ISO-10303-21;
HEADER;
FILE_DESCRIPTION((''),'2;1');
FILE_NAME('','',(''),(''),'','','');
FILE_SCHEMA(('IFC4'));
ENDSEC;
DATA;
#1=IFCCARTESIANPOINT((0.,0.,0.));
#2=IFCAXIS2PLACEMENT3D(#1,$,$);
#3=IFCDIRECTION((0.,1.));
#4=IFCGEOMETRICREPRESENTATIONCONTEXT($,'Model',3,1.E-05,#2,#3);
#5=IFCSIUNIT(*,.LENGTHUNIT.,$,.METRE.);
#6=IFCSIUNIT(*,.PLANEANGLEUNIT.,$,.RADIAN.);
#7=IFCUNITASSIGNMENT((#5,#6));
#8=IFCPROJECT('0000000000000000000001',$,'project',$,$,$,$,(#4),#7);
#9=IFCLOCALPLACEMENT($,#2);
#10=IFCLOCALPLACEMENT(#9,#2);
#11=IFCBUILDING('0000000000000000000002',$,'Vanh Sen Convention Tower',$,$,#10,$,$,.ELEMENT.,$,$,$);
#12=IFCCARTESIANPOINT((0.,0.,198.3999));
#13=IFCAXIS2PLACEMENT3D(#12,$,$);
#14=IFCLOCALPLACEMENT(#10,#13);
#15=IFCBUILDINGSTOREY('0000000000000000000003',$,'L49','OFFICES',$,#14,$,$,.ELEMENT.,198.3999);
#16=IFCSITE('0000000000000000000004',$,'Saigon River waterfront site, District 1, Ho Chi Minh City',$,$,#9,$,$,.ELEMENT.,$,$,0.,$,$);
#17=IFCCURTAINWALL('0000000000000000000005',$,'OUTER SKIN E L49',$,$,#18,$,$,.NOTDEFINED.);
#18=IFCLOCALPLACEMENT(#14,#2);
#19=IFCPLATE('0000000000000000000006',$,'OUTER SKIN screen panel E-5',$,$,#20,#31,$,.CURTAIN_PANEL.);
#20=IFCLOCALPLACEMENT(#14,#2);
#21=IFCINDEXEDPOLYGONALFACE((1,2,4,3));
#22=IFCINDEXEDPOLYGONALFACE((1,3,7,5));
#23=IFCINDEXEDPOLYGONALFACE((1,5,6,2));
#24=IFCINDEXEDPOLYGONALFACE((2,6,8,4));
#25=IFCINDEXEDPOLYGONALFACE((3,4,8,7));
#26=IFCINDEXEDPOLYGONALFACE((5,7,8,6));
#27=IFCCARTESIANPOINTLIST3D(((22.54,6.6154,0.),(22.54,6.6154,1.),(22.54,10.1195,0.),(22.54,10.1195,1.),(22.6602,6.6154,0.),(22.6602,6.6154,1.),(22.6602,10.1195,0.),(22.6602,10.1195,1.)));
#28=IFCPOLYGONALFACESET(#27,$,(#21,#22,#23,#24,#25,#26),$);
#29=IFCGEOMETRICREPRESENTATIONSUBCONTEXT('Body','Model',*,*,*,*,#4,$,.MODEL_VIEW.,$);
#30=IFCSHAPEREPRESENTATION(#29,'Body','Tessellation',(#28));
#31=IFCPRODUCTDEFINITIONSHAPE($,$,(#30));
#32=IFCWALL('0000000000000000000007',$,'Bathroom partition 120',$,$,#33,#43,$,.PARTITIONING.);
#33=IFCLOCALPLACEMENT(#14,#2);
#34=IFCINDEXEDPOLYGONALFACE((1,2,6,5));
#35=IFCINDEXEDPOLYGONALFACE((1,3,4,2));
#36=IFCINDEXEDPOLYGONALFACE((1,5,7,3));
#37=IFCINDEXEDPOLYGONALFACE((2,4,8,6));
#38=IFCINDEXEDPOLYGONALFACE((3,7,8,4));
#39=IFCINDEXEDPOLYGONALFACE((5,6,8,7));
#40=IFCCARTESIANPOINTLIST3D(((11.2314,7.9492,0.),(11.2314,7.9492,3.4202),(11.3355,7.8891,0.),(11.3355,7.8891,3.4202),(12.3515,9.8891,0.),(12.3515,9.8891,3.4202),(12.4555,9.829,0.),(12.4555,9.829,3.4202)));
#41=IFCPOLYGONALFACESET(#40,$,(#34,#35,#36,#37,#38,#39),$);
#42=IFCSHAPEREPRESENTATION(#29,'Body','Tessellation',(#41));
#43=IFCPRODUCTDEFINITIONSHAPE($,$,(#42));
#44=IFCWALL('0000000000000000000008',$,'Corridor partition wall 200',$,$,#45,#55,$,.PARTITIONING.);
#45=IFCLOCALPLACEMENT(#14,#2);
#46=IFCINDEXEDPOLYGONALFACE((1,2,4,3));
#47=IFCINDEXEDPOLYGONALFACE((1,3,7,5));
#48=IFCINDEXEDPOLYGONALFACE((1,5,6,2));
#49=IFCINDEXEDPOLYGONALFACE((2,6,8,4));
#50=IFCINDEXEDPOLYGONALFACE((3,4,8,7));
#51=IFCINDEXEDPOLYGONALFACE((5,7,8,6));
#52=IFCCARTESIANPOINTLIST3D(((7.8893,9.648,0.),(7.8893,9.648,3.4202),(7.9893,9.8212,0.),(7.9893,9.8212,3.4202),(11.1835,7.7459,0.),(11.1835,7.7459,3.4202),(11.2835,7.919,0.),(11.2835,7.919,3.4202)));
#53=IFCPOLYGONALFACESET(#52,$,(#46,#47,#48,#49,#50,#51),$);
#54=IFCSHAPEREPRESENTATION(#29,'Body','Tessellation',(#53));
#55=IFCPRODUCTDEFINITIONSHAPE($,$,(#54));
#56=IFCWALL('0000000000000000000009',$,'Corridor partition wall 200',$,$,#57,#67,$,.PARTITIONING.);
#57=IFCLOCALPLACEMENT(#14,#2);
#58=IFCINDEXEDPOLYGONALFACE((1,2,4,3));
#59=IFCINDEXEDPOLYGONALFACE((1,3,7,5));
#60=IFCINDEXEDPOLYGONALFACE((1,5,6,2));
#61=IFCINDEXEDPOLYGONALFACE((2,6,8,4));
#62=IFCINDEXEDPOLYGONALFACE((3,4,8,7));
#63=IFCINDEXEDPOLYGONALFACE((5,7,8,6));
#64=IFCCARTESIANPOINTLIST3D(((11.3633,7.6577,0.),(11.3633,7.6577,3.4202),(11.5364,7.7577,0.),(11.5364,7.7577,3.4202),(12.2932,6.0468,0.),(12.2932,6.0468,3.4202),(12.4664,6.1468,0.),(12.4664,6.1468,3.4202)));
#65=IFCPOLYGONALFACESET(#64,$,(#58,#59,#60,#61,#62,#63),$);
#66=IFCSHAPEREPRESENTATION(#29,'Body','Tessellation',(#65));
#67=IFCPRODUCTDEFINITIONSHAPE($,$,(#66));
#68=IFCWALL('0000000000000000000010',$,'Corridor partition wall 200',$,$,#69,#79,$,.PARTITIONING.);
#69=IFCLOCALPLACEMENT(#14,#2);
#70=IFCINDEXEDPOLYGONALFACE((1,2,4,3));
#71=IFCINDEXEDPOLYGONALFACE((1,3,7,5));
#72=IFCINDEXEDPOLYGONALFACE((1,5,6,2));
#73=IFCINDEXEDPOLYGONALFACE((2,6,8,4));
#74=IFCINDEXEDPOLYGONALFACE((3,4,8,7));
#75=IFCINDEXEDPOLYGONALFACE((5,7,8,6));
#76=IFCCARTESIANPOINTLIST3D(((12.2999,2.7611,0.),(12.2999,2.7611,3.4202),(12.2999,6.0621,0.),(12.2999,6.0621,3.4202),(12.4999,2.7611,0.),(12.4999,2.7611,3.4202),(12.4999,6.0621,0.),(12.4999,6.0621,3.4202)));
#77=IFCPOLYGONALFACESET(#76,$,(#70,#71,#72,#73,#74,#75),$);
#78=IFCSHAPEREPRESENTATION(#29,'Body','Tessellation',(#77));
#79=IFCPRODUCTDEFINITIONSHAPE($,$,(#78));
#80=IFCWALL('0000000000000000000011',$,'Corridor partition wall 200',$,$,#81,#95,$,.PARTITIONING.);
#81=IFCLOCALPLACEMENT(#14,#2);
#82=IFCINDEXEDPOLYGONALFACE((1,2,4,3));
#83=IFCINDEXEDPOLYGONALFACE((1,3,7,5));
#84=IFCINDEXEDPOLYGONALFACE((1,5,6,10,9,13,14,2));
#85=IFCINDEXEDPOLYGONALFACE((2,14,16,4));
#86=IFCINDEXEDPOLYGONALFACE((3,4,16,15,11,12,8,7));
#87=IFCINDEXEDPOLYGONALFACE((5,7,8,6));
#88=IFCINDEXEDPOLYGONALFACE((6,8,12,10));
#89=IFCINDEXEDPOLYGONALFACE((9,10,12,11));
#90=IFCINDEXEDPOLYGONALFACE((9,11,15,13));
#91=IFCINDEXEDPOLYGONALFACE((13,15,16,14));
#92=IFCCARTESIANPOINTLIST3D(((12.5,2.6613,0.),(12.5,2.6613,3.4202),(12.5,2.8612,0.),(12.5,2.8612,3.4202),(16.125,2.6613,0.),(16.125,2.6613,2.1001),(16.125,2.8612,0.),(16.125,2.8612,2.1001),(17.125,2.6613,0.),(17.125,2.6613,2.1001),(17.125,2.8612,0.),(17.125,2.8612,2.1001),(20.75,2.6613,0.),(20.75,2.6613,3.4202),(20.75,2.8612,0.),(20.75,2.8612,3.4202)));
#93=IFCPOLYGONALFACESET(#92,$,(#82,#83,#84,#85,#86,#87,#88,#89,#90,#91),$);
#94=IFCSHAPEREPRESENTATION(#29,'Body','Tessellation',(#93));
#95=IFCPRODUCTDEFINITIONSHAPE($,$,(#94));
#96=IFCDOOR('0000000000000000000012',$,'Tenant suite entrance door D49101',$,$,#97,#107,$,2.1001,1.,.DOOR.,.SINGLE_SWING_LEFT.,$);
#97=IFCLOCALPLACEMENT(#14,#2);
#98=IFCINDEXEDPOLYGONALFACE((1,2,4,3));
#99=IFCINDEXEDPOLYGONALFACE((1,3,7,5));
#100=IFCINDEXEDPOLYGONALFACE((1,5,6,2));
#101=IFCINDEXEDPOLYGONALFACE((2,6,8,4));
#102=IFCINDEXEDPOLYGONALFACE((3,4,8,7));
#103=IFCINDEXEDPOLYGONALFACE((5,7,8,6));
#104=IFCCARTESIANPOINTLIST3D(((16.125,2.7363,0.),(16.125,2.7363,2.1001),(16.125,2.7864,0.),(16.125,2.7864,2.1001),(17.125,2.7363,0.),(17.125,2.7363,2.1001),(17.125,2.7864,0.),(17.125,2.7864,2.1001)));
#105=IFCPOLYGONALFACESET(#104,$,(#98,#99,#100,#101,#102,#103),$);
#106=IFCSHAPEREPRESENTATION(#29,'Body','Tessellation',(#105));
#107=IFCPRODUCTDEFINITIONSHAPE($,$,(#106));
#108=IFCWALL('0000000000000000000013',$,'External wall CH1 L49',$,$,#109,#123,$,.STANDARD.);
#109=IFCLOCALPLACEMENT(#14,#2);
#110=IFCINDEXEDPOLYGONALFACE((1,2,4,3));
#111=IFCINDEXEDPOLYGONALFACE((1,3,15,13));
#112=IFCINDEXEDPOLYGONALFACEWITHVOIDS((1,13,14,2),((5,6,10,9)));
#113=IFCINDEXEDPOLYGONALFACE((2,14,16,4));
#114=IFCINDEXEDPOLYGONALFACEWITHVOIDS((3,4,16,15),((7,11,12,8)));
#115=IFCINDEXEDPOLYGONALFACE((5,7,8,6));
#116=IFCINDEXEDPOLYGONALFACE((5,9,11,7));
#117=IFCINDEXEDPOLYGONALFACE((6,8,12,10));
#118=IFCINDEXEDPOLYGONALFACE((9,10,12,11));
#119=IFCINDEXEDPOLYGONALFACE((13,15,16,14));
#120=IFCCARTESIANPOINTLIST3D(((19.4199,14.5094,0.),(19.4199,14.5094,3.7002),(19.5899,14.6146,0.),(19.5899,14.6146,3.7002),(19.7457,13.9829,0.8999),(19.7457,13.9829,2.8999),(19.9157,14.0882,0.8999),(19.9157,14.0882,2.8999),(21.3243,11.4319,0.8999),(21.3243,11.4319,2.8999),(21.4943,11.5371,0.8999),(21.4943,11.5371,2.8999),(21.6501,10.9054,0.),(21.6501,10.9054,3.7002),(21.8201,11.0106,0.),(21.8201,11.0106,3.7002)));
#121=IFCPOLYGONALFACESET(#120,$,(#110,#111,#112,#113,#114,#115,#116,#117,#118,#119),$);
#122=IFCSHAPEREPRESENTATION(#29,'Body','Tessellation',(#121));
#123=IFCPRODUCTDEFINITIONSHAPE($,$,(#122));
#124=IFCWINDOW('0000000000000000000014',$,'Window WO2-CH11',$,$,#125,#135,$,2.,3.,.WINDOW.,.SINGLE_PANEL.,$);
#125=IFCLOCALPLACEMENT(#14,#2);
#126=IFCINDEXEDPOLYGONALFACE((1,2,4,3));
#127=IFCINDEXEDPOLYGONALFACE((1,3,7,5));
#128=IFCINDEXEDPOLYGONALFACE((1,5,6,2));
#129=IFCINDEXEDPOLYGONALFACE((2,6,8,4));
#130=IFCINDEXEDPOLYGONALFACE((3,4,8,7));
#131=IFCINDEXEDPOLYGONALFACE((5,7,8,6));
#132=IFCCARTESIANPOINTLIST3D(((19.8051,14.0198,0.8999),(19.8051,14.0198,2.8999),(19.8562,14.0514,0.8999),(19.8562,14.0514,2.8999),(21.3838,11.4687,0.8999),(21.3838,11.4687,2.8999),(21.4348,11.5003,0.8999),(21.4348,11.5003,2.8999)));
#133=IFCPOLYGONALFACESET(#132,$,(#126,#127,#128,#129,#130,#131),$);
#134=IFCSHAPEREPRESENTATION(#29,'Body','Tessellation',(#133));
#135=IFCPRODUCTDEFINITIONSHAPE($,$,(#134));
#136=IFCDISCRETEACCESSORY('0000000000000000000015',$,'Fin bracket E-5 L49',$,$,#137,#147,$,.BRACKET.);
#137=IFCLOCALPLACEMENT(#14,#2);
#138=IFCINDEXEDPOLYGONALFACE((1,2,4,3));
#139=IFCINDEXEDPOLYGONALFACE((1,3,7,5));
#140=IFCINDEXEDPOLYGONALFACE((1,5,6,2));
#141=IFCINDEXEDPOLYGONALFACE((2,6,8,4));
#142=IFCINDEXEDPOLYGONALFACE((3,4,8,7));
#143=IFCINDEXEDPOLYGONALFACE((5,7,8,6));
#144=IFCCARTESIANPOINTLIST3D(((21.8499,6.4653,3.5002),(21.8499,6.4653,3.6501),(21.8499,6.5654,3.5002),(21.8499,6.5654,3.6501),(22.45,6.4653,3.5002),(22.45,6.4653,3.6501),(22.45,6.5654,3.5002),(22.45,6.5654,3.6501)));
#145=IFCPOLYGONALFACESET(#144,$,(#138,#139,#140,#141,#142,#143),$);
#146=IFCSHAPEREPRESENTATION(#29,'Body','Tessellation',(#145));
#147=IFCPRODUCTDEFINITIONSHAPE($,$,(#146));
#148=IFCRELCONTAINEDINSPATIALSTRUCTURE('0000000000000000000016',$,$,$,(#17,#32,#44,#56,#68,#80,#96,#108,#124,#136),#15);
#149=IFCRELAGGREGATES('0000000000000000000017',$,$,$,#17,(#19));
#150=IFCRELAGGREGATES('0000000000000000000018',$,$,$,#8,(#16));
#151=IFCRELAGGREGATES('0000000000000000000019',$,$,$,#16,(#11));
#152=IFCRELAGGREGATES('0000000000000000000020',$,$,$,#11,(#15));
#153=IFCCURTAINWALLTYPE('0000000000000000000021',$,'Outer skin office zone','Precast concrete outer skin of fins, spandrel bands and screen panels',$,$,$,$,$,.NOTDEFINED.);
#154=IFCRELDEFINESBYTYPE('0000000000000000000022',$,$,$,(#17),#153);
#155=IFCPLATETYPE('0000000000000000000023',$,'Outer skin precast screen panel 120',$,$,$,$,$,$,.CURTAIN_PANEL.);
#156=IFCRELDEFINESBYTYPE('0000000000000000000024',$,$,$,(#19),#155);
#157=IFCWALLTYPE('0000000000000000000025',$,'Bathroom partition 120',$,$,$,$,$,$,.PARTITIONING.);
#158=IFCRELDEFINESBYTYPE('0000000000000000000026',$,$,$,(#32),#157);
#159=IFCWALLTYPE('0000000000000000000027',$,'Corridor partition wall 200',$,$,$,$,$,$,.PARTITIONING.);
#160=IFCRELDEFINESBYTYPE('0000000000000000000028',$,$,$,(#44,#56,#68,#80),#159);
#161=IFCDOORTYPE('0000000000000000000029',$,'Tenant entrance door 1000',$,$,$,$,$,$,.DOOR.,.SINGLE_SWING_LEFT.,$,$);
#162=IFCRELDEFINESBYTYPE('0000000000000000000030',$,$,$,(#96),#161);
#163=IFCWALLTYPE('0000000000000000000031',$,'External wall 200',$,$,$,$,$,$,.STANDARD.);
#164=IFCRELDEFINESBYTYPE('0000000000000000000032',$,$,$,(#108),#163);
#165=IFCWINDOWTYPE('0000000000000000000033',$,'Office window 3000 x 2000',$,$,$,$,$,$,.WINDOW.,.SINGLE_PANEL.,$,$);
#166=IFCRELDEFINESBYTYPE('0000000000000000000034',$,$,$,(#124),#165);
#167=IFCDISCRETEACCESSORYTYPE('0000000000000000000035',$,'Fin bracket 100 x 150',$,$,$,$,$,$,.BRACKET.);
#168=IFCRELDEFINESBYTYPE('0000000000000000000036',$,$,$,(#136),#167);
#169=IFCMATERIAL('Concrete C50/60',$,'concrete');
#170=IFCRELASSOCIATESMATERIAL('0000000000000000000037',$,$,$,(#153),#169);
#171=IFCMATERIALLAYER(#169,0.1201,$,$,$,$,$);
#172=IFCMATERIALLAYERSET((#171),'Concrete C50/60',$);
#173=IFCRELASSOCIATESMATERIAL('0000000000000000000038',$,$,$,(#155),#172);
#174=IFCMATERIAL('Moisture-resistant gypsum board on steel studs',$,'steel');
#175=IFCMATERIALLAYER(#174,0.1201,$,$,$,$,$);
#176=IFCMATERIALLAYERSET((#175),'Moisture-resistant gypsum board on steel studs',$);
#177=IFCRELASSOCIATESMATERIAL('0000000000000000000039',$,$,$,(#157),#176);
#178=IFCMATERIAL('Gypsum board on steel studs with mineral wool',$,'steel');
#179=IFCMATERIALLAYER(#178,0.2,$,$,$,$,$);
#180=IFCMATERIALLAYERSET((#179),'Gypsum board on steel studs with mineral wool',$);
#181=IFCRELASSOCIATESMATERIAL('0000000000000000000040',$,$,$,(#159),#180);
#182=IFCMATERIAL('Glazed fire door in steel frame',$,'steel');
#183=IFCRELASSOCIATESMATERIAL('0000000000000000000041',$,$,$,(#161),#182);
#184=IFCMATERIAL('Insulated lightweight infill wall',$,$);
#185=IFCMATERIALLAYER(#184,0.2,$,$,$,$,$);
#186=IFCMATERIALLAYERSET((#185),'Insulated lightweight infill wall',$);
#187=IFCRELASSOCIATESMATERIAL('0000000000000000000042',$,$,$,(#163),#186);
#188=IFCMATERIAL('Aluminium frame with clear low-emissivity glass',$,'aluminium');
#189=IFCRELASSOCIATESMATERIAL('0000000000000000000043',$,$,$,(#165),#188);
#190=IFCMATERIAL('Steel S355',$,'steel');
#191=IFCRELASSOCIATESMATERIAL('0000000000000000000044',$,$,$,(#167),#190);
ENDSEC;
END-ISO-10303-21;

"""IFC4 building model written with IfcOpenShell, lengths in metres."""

from ifc_helpers import new_model, si_unit, direction, frame, frame_2d, origin, origin_2d, place, context, subcontext, project, spatial, rectangle, extrude, material, layer, layer_set, type_object, element, fill, aggregate, save


model = new_model("IFC4")

# Units and contexts
model_context = context("Model", 3, precision=1e-05, world=origin(), true_north=direction((0.0, 1.0)))
body_context = subcontext(model_context, "Body", "Model", "MODEL_VIEW")
ifc_project = project(units=[si_unit("LENGTHUNIT", "METRE"), si_unit("PLANEANGLEUNIT", "RADIAN")], contexts=[model_context])

# Site, building, storey
site_placement = place(None, origin())
site = spatial("IfcSite", under=ifc_project, at=site_placement, Name="Saigon River waterfront site, District 1, Ho Chi Minh City", CompositionType="ELEMENT", RefElevation=0.0)
building_placement = place(site_placement, origin())
building = spatial("IfcBuilding", under=site, at=building_placement, Name="Vanh Sen Convention Tower", CompositionType="ELEMENT")
storey_placement = place(building_placement, frame((0.0, 0.0, 198.3999)))
storey = spatial("IfcBuildingStorey", under=building, at=storey_placement, Name="L49", Description="OFFICES", CompositionType="ELEMENT", Elevation=198.3999)

# Curtain wall
ifc_material_1 = material(Name="Concrete C50/60", Category="concrete")
curtain_wall_type = type_object("IfcCurtainWallType", Name="Outer skin office zone", Description="Precast concrete outer skin of fins, spandrel bands and screen panels", PredefinedType="NOTDEFINED", material=ifc_material_1)
curtain_wall_1_placement = place(storey_placement, origin())
curtain_wall_1 = element("IfcCurtainWall", 1, at=curtain_wall_1_placement, inside=storey, type_object=curtain_wall_type, Name="OUTER SKIN E L49", PredefinedType="NOTDEFINED")

# Plate
ifc_layer_1 = layer(ifc_material_1, 0.1201)
ifc_layer_set_1 = layer_set([ifc_layer_1], Name="Concrete C50/60")
plate_type = type_object("IfcPlateType", Name="Outer skin precast screen panel 120", PredefinedType="CURTAIN_PANEL", material=ifc_layer_set_1)
plate_1_placement = place(storey_placement, frame((22.6001, 8.3674, 0.0), z_axis=(0.0, 0.0, 1.0), x_axis=(0.0, 1.0, 0.0)))
plate_1 = element("IfcPlate", 2, at=plate_1_placement, type_object=plate_type, Name="OUTER SKIN screen panel E-5", PredefinedType="CURTAIN_PANEL", context=body_context, shape_type="SweptSolid", body=[
    extrude(rectangle(XDim=3.5042, YDim=0.1201, at=origin_2d()), origin(), (0.0, 0.0, 1.0), 1.0),
])
aggregate(curtain_wall_1, [plate_1])

# Walls
ifc_material_2 = material(Name="Moisture-resistant gypsum board on steel studs", Category="steel")
ifc_layer_2 = layer(ifc_material_2, 0.1201)
ifc_layer_set_2 = layer_set([ifc_layer_2], Name="Moisture-resistant gypsum board on steel studs")
wall_type_1 = type_object("IfcWallType", Name="Bathroom partition 120", PredefinedType="PARTITIONING", material=ifc_layer_set_2)
wall_1_placement = place(storey_placement, frame((12.4036, 9.8591, 0.0), z_axis=(0.0, 0.0, 1.0), x_axis=(-0.500031, -0.866008, 0.0)))
element("IfcWall", 3, at=wall_1_placement, inside=storey, type_object=wall_type_1, Name="Bathroom partition 120", PredefinedType="PARTITIONING", context=body_context, shape_type="SweptSolid", body=[
    extrude(rectangle(XDim=2.24, YDim=0.1201, at=frame_2d((1.1201, 0.0))), origin(), (0.0, 0.0, 1.0), 3.4202),
])
ifc_material_3 = material(Name="Gypsum board on steel studs with mineral wool", Category="steel")
ifc_layer_3 = layer(ifc_material_3, 0.2)
ifc_layer_set_3 = layer_set([ifc_layer_3], Name="Gypsum board on steel studs with mineral wool")
wall_type_2 = type_object("IfcWallType", Name="Corridor partition wall 200", PredefinedType="PARTITIONING", material=ifc_layer_set_3)
wall_2_placement = place(storey_placement, frame((11.2334, 7.8325, 0.0), z_axis=(0.0, 0.0, 1.0), x_axis=(-0.866003, 0.500039, 0.0)))
element("IfcWall", 4, at=wall_2_placement, inside=storey, type_object=wall_type_2, Name="Corridor partition wall 200", PredefinedType="PARTITIONING", context=body_context, shape_type="SweptSolid", body=[
    extrude(rectangle(XDim=3.804, YDim=0.2, at=frame_2d((1.9019, 0.0))), origin(), (0.0, 0.0, 1.0), 3.4202),
])
wall_3_placement = place(storey_placement, frame((12.3799, 6.0967, 0.0), z_axis=(0.0, 0.0, 1.0), x_axis=(-0.499965, 0.866046, 0.0)))
element("IfcWall", 5, at=wall_3_placement, inside=storey, type_object=wall_type_2, Name="Corridor partition wall 200", PredefinedType="PARTITIONING", context=body_context, shape_type="SweptSolid", body=[
    extrude(rectangle(XDim=1.8601, YDim=0.2, at=frame_2d((0.9302, 0.0))), origin(), (0.0, 0.0, 1.0), 3.4202),
])
wall_4_placement = place(storey_placement, frame((12.3999, 2.7612, 0.0), z_axis=(0.0, 0.0, 1.0), x_axis=(0.0, 1.0, 0.0)))
element("IfcWall", 6, at=wall_4_placement, inside=storey, type_object=wall_type_2, Name="Corridor partition wall 200", PredefinedType="PARTITIONING", context=body_context, shape_type="SweptSolid", body=[
    extrude(rectangle(XDim=3.301, YDim=0.2, at=frame_2d((1.6504, 0.0))), origin(), (0.0, 0.0, 1.0), 3.4202),
])

# Wall, opening, door
wall_5_placement = place(storey_placement, frame((20.75, 2.7612, 0.0), z_axis=(0.0, 0.0, 1.0), x_axis=(-1.0, 0.0, 0.0)))
wall_5 = element("IfcWall", 7, at=wall_5_placement, inside=storey, type_object=wall_type_2, Name="Corridor partition wall 200", PredefinedType="PARTITIONING", context=body_context, shape_type="SweptSolid", body=[
    extrude(rectangle(XDim=8.25, YDim=0.2, at=frame_2d((4.125, 0.0))), origin(), (0.0, 0.0, 1.0), 3.4202),
])
opening_1_placement = place(wall_5_placement, frame((3.625, 0.0, 0.0)))
opening_1 = element("IfcOpeningElement", 8, at=opening_1_placement, cuts=wall_5, PredefinedType="OPENING", context=body_context, shape_type="SweptSolid", body=[
    extrude(rectangle(XDim=1.0, YDim=2.1001, at=frame_2d((0.5, 1.05))), frame((0.0, 0.1099, 0.0), z_axis=(0.0, -1.0, 0.0), x_axis=(1.0, 0.0, 0.0)), (0.0, 0.0, 1.0), 0.22),
])
ifc_material_4 = material(Name="Glazed fire door in steel frame", Category="steel")
door_type = type_object("IfcDoorType", Name="Tenant entrance door 1000", OperationType="SINGLE_SWING_LEFT", PredefinedType="DOOR", material=ifc_material_4)
door_placement = place(opening_1_placement, origin())
door = element("IfcDoor", 9, at=door_placement, inside=storey, type_object=door_type, Name="Tenant suite entrance door D49101", OperationType="SINGLE_SWING_LEFT", OverallHeight=2.1001, OverallWidth=1.0, PredefinedType="DOOR", context=body_context, shape_type="SweptSolid", body=[
    extrude(rectangle(XDim=1.0, YDim=2.1001, at=frame_2d((0.5, 1.05))), frame((0.0, 0.0249, 0.0), z_axis=(0.0, -1.0, 0.0), x_axis=(1.0, 0.0, 0.0)), (0.0, 0.0, 1.0), 0.05),
])
fill(opening_1, door)

# Wall, opening, window
ifc_material_5 = material(Name="Insulated lightweight infill wall")
ifc_layer_4 = layer(ifc_material_5, 0.2)
ifc_layer_set_4 = layer_set([ifc_layer_4], Name="Insulated lightweight infill wall")
wall_type_3 = type_object("IfcWallType", Name="External wall 200", PredefinedType="STANDARD", material=ifc_layer_set_4)
wall_6_placement = place(storey_placement, frame((21.7351, 10.958, 0.0), z_axis=(0.0, 0.0, 1.0), x_axis=(-0.526214, 0.850352, 0.0)))
wall_6 = element("IfcWall", 10, at=wall_6_placement, inside=storey, type_object=wall_type_3, Name="External wall CH1 L49", PredefinedType="STANDARD", context=body_context, shape_type="SweptSolid", body=[
    extrude(rectangle(XDim=4.2383, YDim=0.2, at=frame_2d((2.1191, 0.0))), origin(), (0.0, 0.0, 1.0), 3.7002),
])
opening_2_placement = place(wall_6_placement, frame((0.6191, 0.0, 0.8999)))
opening_2 = element("IfcOpeningElement", 11, at=opening_2_placement, cuts=wall_6, PredefinedType="OPENING", context=body_context, shape_type="SweptSolid", body=[
    extrude(rectangle(XDim=3.0, YDim=2.0, at=frame_2d((1.5, 1.0))), frame((0.0, 0.1099, 0.0), z_axis=(0.0, -1.0, 0.0), x_axis=(1.0, 0.0, 0.0)), (0.0, 0.0, 1.0), 0.22),
])
ifc_material_6 = material(Name="Aluminium frame with clear low-emissivity glass", Category="aluminium")
window_type = type_object("IfcWindowType", Name="Office window 3000 x 2000", PartitioningType="SINGLE_PANEL", PredefinedType="WINDOW", material=ifc_material_6)
window_placement = place(opening_2_placement, origin())
window = element("IfcWindow", 12, at=window_placement, inside=storey, type_object=window_type, Name="Window WO2-CH11", OverallHeight=2.0, OverallWidth=3.0, PartitioningType="SINGLE_PANEL", PredefinedType="WINDOW", context=body_context, shape_type="SweptSolid", body=[
    extrude(rectangle(XDim=3.0, YDim=2.0, at=frame_2d((1.5, 1.0))), frame((0.0, 0.03, 0.0), z_axis=(0.0, -1.0, 0.0), x_axis=(1.0, 0.0, 0.0)), (0.0, 0.0, 1.0), 0.0601),
])
fill(opening_2, window)

# Discrete accessory
ifc_material_7 = material(Name="Steel S355", Category="steel")
discrete_accessory_type = type_object("IfcDiscreteAccessoryType", Name="Fin bracket 100 x 150", PredefinedType="BRACKET", material=ifc_material_7)
discrete_accessory_placement = place(storey_placement, frame((22.1499, 6.5154, 3.5002), z_axis=(0.0, 0.0, 1.0), x_axis=(1.0, 0.0, 0.0)))
element("IfcDiscreteAccessory", 13, at=discrete_accessory_placement, inside=storey, type_object=discrete_accessory_type, Name="Fin bracket E-5 L49", PredefinedType="BRACKET", context=body_context, shape_type="SweptSolid", body=[
    extrude(rectangle(XDim=0.6001, YDim=0.1001, at=origin_2d()), origin(), (0.0, 0.0, 1.0), 0.1499),
])

save(model, "model.ifc")
